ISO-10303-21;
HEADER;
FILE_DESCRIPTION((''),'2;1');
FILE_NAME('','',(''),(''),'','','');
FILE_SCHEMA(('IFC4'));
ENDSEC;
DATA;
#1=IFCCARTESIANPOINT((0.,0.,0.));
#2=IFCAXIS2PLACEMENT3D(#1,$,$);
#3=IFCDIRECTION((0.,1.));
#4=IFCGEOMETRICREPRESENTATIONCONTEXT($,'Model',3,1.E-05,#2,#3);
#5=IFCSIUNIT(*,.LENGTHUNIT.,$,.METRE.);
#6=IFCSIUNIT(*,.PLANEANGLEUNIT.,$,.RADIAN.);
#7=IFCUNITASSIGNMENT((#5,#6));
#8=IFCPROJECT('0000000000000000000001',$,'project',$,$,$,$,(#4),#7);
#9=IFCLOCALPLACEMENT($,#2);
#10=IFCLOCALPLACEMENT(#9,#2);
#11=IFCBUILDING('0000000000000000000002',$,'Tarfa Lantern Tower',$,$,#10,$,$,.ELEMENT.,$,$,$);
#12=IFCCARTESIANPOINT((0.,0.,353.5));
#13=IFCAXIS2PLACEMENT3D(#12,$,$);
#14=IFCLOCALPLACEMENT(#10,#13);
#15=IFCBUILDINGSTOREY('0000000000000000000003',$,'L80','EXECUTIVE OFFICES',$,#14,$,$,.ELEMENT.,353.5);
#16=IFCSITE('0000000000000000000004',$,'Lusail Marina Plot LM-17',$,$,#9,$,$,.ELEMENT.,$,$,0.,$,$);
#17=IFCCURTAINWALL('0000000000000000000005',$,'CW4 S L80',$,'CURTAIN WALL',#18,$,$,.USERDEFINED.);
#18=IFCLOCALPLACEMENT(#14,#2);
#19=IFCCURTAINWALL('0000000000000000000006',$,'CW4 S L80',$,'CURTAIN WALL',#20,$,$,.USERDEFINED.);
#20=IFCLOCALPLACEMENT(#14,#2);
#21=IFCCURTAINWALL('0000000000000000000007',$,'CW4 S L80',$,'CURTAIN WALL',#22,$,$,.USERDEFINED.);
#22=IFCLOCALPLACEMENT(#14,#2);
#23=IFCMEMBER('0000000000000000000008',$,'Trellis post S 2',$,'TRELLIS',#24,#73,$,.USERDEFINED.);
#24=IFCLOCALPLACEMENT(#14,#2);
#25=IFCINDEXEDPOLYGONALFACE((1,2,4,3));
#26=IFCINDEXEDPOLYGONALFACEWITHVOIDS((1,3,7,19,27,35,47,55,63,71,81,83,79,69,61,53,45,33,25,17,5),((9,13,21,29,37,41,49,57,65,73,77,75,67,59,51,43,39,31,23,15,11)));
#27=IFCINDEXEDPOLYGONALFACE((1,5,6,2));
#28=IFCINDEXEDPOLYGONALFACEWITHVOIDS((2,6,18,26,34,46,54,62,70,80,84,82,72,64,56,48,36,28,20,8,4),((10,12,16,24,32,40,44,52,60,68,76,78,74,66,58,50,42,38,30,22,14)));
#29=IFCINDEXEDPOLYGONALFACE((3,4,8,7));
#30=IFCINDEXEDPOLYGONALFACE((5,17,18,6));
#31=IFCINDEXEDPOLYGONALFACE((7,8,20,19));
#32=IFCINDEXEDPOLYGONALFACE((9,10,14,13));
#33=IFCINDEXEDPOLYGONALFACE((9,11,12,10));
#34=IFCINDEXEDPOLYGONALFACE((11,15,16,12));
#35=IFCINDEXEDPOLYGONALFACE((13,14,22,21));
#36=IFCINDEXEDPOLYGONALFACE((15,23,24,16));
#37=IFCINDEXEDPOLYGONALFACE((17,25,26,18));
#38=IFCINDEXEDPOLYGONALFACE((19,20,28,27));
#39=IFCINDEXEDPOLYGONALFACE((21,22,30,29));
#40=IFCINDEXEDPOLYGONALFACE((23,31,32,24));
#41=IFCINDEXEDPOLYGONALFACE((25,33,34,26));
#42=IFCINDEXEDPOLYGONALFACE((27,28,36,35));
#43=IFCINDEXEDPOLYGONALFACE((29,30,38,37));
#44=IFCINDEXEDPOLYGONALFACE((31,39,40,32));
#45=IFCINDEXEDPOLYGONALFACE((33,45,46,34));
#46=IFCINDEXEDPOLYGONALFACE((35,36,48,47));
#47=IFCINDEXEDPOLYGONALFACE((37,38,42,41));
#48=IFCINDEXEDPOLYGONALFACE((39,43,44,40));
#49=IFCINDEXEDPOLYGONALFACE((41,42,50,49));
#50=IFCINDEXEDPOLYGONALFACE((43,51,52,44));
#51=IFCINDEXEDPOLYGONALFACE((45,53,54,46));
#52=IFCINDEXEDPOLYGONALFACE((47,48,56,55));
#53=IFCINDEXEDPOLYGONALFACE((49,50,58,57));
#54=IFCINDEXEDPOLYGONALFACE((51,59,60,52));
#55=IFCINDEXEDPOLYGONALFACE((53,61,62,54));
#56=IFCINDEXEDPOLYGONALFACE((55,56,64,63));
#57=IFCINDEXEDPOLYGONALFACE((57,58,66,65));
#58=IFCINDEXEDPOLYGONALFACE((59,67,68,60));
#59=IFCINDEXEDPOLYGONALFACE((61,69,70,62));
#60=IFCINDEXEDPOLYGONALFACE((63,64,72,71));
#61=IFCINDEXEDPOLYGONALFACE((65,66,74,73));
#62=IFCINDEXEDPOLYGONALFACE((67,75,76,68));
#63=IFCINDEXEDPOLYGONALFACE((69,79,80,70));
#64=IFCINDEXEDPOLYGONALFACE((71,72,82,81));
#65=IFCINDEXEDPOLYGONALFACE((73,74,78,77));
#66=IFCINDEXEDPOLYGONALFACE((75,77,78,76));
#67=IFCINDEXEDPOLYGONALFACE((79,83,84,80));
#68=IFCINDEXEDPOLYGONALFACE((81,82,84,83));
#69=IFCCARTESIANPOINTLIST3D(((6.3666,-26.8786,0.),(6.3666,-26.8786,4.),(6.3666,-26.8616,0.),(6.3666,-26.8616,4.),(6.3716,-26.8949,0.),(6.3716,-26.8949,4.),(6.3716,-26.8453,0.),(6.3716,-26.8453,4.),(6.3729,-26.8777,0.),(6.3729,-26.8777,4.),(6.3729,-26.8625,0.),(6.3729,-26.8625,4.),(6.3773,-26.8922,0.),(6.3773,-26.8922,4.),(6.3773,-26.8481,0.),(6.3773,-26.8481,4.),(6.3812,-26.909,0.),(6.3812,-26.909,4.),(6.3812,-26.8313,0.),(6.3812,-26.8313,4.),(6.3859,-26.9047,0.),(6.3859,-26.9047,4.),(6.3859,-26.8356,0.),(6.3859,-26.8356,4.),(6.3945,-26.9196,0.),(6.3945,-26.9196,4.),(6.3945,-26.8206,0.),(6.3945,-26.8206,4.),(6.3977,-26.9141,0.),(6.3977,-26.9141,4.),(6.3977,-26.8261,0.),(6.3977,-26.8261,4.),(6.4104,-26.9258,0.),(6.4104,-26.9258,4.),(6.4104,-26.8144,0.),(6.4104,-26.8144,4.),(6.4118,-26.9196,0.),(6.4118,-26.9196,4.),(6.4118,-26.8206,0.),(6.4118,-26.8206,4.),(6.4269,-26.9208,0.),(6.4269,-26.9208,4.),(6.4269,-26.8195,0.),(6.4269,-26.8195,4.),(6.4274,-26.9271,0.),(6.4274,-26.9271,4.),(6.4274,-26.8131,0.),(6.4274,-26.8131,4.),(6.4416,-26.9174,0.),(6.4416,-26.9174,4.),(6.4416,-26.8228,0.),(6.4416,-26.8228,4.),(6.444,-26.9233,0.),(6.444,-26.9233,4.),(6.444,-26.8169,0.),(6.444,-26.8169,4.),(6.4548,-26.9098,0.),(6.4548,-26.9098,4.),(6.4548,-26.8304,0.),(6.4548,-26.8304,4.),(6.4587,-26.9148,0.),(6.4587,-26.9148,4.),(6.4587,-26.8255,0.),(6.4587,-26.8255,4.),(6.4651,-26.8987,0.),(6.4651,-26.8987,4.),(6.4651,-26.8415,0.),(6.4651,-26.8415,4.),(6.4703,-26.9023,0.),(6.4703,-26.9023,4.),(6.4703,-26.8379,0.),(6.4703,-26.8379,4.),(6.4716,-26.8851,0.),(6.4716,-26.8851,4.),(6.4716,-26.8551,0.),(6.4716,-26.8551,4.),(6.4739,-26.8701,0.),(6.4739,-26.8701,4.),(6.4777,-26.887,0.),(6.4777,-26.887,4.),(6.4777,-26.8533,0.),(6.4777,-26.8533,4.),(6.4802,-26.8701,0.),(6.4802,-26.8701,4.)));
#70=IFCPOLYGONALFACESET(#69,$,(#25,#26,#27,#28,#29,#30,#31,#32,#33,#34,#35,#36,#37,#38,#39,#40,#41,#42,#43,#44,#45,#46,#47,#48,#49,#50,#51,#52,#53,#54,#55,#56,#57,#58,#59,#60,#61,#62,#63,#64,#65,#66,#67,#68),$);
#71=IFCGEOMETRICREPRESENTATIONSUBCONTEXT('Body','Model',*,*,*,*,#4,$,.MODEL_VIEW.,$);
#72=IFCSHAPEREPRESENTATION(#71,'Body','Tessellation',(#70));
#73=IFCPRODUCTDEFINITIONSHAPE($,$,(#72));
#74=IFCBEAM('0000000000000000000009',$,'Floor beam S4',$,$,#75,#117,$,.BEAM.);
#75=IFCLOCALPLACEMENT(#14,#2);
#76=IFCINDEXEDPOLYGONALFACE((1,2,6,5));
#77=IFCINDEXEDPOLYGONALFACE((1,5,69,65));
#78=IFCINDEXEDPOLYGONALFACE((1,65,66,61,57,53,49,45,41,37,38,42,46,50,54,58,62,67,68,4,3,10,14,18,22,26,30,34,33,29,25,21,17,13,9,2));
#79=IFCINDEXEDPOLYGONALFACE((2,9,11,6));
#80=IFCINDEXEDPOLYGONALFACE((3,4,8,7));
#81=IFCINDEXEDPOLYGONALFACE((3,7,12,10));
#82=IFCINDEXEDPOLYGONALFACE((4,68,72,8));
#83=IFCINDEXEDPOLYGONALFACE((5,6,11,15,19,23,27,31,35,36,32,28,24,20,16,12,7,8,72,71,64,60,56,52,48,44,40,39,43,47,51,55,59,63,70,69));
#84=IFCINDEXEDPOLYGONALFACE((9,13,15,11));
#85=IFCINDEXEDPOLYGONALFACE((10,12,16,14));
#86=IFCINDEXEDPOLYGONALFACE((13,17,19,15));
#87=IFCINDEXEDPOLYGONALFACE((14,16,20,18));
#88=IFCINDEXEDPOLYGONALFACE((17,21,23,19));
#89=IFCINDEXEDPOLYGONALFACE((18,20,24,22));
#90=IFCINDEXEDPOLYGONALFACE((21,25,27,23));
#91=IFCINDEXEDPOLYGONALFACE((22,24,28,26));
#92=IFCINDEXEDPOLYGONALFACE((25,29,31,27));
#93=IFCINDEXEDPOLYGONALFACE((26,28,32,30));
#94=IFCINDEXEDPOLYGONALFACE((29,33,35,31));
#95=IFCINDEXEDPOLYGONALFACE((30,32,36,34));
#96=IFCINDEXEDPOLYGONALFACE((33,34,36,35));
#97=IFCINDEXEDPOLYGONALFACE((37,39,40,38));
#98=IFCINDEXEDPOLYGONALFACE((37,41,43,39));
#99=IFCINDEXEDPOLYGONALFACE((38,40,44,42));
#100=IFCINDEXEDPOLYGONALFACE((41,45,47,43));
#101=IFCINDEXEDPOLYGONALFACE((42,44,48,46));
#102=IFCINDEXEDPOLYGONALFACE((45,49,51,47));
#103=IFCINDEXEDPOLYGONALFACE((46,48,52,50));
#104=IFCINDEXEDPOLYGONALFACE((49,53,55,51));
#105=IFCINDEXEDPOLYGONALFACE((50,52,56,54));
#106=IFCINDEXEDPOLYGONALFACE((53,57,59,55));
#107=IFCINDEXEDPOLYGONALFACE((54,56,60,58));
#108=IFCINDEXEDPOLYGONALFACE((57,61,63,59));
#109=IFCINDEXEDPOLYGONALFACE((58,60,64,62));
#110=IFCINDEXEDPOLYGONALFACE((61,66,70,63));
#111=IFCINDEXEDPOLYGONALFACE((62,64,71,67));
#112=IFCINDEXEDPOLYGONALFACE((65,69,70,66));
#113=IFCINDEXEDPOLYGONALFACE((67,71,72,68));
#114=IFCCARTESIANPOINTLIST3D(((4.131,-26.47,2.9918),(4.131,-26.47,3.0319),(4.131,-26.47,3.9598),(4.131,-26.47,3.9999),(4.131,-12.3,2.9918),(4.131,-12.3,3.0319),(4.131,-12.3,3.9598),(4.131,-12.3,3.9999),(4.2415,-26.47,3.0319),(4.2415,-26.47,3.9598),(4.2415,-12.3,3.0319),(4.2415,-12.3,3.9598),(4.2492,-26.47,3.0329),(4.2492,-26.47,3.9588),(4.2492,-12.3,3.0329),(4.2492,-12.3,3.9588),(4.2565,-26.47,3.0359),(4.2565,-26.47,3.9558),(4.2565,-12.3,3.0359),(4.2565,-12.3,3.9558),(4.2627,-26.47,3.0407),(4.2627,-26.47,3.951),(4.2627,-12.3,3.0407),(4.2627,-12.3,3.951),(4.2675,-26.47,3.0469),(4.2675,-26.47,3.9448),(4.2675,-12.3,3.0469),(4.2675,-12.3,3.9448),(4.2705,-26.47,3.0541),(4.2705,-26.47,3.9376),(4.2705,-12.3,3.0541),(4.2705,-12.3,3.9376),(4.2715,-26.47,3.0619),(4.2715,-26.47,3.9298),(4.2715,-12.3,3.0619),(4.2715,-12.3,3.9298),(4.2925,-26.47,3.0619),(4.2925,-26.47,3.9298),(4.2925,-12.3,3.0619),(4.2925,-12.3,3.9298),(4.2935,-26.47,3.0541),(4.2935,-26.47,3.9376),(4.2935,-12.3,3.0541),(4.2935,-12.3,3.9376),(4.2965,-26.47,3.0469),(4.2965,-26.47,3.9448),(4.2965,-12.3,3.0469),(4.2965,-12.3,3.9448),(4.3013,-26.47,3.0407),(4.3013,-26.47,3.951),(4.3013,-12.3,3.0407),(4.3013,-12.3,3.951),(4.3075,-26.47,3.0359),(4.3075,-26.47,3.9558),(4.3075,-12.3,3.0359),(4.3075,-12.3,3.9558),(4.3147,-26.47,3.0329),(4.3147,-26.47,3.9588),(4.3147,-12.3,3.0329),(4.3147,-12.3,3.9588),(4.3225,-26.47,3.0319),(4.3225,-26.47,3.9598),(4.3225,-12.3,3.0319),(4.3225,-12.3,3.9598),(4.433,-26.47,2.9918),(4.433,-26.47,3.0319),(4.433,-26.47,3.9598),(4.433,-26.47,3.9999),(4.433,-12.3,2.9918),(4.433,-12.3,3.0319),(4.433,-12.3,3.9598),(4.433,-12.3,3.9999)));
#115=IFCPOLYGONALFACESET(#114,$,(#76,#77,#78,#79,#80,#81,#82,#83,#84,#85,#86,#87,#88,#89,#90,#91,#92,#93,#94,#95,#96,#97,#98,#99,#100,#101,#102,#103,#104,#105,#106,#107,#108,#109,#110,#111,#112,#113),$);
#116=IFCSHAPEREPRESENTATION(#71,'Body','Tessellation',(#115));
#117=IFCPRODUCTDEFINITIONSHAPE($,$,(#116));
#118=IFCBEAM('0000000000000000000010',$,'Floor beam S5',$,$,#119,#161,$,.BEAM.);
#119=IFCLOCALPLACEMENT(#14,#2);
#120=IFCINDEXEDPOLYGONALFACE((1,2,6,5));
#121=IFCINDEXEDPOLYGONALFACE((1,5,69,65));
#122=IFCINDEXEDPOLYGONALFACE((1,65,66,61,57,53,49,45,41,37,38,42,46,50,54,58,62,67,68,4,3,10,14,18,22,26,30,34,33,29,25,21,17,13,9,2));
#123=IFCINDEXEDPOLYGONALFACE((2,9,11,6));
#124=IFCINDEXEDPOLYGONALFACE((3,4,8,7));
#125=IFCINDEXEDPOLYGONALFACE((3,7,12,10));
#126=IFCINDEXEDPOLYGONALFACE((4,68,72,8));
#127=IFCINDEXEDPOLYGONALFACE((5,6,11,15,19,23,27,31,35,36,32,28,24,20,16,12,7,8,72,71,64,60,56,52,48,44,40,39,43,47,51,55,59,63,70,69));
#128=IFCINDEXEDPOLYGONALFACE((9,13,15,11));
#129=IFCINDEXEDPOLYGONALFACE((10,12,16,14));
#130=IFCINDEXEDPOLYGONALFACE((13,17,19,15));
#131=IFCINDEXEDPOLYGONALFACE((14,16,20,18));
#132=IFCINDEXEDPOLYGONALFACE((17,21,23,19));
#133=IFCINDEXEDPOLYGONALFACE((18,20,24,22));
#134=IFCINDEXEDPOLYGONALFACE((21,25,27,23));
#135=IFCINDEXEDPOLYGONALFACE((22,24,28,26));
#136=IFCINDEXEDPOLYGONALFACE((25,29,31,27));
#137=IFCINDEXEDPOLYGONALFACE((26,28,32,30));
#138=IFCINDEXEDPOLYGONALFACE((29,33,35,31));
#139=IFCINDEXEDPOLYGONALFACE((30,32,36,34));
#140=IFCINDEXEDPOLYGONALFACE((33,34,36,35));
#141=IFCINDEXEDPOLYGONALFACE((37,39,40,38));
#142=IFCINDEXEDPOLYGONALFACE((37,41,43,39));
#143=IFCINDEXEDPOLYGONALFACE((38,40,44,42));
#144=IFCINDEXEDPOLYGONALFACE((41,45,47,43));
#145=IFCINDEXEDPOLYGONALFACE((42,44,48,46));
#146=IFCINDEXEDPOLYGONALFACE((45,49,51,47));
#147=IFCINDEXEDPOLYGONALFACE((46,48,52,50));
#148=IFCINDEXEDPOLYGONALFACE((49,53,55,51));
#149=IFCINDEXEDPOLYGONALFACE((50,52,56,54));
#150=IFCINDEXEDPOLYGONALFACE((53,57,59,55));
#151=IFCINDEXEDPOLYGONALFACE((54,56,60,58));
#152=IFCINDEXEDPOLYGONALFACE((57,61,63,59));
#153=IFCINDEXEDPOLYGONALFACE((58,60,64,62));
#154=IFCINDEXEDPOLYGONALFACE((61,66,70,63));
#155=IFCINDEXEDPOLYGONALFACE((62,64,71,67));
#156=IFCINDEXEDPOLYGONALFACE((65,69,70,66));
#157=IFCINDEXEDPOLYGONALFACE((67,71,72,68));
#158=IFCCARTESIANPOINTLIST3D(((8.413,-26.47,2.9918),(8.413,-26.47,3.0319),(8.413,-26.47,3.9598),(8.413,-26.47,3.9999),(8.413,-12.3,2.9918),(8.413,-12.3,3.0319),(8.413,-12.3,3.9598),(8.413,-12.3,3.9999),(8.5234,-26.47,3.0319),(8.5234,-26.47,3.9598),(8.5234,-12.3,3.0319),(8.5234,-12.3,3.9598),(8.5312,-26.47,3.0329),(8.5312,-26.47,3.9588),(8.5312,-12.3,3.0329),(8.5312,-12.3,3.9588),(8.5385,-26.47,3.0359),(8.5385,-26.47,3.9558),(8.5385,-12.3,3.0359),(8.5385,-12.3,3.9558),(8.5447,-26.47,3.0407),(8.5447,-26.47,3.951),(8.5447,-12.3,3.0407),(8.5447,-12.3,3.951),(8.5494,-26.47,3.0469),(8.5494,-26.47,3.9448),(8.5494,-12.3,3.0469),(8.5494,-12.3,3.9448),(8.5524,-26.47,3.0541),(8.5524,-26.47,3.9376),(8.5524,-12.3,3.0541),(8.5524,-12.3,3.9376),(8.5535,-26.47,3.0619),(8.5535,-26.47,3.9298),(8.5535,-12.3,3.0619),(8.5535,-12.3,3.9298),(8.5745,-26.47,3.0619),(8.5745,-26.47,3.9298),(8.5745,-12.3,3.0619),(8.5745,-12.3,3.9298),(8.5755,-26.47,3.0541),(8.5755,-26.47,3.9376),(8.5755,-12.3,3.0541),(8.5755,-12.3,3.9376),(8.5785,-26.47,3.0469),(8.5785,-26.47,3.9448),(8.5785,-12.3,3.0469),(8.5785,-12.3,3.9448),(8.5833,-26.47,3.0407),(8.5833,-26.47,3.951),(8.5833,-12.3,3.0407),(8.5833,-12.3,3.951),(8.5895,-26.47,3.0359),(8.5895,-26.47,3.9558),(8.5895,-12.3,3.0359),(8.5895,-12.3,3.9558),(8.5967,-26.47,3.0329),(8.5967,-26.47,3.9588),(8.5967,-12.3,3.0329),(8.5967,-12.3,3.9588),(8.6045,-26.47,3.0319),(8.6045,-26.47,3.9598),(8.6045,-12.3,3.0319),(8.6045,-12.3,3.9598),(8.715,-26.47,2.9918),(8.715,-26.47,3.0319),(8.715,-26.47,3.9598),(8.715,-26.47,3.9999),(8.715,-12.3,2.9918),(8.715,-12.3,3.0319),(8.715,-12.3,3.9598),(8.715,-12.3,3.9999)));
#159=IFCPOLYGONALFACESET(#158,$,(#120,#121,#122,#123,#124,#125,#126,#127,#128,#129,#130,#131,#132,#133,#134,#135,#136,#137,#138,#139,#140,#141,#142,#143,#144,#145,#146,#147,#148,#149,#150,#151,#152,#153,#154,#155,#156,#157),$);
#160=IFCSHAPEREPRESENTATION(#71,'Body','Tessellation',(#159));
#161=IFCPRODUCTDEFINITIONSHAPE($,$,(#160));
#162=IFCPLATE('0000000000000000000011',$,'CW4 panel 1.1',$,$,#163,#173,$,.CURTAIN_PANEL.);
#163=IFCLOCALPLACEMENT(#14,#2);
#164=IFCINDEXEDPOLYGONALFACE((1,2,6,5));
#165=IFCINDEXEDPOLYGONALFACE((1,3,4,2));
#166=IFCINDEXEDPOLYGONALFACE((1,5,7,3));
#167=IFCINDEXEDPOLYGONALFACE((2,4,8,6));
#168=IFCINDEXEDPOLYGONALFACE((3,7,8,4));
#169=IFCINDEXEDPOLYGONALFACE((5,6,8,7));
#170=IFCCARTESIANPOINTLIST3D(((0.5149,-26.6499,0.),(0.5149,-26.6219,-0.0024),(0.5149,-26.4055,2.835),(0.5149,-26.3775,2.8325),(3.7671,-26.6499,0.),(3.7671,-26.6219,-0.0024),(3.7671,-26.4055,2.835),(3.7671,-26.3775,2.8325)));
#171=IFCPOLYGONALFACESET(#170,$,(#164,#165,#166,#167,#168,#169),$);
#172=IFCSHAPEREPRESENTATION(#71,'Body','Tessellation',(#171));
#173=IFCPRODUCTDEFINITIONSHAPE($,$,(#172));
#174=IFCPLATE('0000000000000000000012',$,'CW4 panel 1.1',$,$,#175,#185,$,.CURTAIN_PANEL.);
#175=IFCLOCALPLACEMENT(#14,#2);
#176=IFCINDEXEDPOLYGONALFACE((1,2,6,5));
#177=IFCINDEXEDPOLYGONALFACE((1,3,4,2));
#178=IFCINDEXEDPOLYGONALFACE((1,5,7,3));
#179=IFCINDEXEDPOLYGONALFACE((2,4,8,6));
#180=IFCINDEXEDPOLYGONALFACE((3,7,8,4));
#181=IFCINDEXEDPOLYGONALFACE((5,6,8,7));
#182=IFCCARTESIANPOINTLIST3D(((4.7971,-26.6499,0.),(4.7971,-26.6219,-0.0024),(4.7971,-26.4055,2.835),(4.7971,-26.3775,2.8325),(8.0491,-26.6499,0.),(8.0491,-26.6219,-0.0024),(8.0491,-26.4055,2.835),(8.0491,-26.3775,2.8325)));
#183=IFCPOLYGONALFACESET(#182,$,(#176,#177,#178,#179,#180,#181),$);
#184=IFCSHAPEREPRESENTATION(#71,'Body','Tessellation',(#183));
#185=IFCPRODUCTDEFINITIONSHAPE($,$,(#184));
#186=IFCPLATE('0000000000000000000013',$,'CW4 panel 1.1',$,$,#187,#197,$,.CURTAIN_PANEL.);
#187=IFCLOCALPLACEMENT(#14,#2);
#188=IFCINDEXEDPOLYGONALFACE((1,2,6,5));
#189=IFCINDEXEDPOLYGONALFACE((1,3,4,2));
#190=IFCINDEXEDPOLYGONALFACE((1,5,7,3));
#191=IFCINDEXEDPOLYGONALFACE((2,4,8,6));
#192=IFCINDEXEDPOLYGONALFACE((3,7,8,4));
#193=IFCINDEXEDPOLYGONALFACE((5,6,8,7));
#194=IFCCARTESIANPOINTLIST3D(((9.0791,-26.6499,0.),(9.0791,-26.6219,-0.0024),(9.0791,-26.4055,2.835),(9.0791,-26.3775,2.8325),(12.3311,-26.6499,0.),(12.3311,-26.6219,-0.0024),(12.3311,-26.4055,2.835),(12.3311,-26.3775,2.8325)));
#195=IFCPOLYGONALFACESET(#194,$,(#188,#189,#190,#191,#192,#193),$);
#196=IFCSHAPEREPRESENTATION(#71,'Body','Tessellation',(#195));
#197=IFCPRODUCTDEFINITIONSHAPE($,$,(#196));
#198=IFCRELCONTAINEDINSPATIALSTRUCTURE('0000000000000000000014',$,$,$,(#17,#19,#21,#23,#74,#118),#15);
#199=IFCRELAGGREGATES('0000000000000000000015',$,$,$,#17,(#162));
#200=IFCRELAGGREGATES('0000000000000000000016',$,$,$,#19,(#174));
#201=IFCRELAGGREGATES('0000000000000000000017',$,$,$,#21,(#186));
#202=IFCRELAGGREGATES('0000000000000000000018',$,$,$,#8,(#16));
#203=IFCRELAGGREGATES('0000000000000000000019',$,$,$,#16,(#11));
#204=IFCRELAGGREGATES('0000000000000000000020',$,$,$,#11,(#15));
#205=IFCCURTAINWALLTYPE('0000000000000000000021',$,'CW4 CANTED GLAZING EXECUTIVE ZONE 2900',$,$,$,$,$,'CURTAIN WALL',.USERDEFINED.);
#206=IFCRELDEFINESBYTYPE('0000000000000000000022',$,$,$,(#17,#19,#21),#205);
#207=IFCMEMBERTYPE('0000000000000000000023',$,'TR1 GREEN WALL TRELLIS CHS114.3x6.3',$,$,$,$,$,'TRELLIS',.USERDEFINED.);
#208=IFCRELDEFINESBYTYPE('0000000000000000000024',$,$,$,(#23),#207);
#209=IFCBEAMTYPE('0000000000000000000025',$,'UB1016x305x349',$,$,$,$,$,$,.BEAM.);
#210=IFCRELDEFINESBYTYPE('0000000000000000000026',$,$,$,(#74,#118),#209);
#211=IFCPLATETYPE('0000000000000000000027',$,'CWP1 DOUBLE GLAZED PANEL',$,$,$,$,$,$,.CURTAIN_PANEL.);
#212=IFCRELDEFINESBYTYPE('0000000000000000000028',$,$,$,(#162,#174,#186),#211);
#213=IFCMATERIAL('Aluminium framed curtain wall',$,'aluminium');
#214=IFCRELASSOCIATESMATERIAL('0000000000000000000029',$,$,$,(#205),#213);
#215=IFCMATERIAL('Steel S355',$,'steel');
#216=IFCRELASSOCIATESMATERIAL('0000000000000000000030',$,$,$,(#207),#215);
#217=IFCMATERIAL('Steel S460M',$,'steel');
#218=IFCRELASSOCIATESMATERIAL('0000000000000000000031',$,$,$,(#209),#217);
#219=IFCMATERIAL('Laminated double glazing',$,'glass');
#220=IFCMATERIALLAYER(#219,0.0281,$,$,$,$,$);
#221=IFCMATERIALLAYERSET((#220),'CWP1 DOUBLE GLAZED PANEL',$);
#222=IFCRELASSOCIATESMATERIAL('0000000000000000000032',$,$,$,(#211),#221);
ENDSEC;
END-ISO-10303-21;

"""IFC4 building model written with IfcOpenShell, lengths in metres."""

from ifc_helpers import new_model, si_unit, direction, frame, origin, origin_2d, place, context, subcontext, project, spatial, polyline, hollow_circle, i_section, outline, extrude, material, layer, layer_set, material_profile, profile_set, type_object, element, aggregate, save


model = new_model("IFC4")

# Units and contexts
model_context = context("Model", 3, precision=1e-05, world=origin(), true_north=direction((0.0, 1.0)))
body_context = subcontext(model_context, "Body", "Model", "MODEL_VIEW")
ifc_project = project(units=[si_unit("LENGTHUNIT", "METRE"), si_unit("PLANEANGLEUNIT", "RADIAN")], contexts=[model_context])

# Site, building, storey
site_placement = place(None, origin())
site = spatial("IfcSite", under=ifc_project, at=site_placement, Name="Lusail Marina Plot LM-17", CompositionType="ELEMENT", RefElevation=0.0)
building_placement = place(site_placement, origin())
building = spatial("IfcBuilding", under=site, at=building_placement, Name="Tarfa Lantern Tower", CompositionType="ELEMENT")
storey_placement = place(building_placement, frame((0.0, 0.0, 353.5)))
storey = spatial("IfcBuildingStorey", under=building, at=storey_placement, Name="L80", Description="EXECUTIVE OFFICES", CompositionType="ELEMENT", Elevation=353.5)

# Curtain walls
ifc_material_1 = material(Name="Aluminium framed curtain wall", Category="aluminium")
curtain_wall_type = type_object("IfcCurtainWallType", Name="CW4 CANTED GLAZING EXECUTIVE ZONE 2900", ElementType="CURTAIN WALL", PredefinedType="USERDEFINED", material=ifc_material_1)
curtain_wall_1_placement = place(storey_placement, origin())
curtain_wall_1 = element("IfcCurtainWall", 1, at=curtain_wall_1_placement, inside=storey, type_object=curtain_wall_type, Name="CW4 S L80", ObjectType="CURTAIN WALL", PredefinedType="USERDEFINED")
curtain_wall_2_placement = place(storey_placement, origin())
curtain_wall_2 = element("IfcCurtainWall", 2, at=curtain_wall_2_placement, inside=storey, type_object=curtain_wall_type, Name="CW4 S L80", ObjectType="CURTAIN WALL", PredefinedType="USERDEFINED")

# Curtain wall
curtain_wall_3_placement = place(storey_placement, origin())
curtain_wall_3 = element("IfcCurtainWall", 3, at=curtain_wall_3_placement, inside=storey, type_object=curtain_wall_type, Name="CW4 S L80", ObjectType="CURTAIN WALL", PredefinedType="USERDEFINED")

# Member
ifc_material_2 = material(Name="Steel S355", Category="steel")
ifc_material_profile_1 = material_profile(ifc_material_2, hollow_circle(Radius=0.0571, WallThickness=0.0063, at=origin_2d()), Name="CHS114.3x6.3")
ifc_profile_set_1 = profile_set([ifc_material_profile_1], Name="Steel S355")
member_type_1 = type_object("IfcMemberType", Name="TR1 GREEN WALL TRELLIS CHS114.3x6.3", ElementType="TRELLIS", PredefinedType="USERDEFINED", material=ifc_profile_set_1)
member_1_placement = place(storey_placement, frame((6.4231, -26.8701, 0.0), z_axis=(0.0, 0.0, 1.0), x_axis=(1.0, 0.0, 0.0)))
element("IfcMember", 4, at=member_1_placement, inside=storey, type_object=member_type_1, Name="Trellis post S 2", ObjectType="TRELLIS", PredefinedType="USERDEFINED", context=body_context, shape_type="SweptSolid", body=[
    extrude(hollow_circle(Radius=0.0571, WallThickness=0.0063, at=origin_2d()), origin(), (0.0, 0.0, 1.0), 4.0),
])

# Beams
ifc_material_3 = material(Name="Steel S460M", Category="steel")
ifc_material_profile_2 = material_profile(ifc_material_3, i_section(OverallWidth=0.302, OverallDepth=1.0081, WebThickness=0.021, FlangeThickness=0.04, FilletRadius=0.03, at=origin_2d()), Name="UB1016x305x349")
ifc_profile_set_2 = profile_set([ifc_material_profile_2], Name="Steel S460M")
beam_type_1 = type_object("IfcBeamType", Name="UB1016x305x349", PredefinedType="BEAM", material=ifc_profile_set_2)
for number, where, z_axis, x_axis, name in (
    (5, (4.282, -26.47, 3.4958), (0.0, 1.0, 0.0), (-1.0, 0.0, 0.0), "Floor beam S4"),
    (6, (8.564, -26.47, 3.4958), (0.0, 1.0, 0.0), (-1.0, 0.0, 0.0), "Floor beam S5"),
):
    element("IfcBeam", number, at=place(storey_placement, frame(where, z_axis=z_axis, x_axis=x_axis)), inside=storey, type_object=beam_type_1, Name=name, PredefinedType="BEAM", context=body_context, shape_type="SweptSolid", body=[
        extrude(i_section(OverallWidth=0.302, OverallDepth=1.0081, WebThickness=0.021, FlangeThickness=0.04, FilletRadius=0.03, at=origin_2d()), origin(), (0.0, 0.0, 1.0), 14.1699),
    ])

# Plates
ifc_material_4 = material(Name="Laminated double glazing", Category="glass")
ifc_layer_1 = layer(ifc_material_4, 0.0281)
ifc_layer_set_1 = layer_set([ifc_layer_1], Name="CWP1 DOUBLE GLAZED PANEL")
plate_type = type_object("IfcPlateType", Name="CWP1 DOUBLE GLAZED PANEL", PredefinedType="CURTAIN_PANEL", material=ifc_layer_set_1)
plate_1_placement = place(storey_placement, frame((0.5149, -26.6499, 0.0), z_axis=(0.0, -0.996305, 0.085885), x_axis=(1.0, 0.0, 0.0)))
plate_1 = element("IfcPlate", 7, at=plate_1_placement, type_object=plate_type, Name="CW4 panel 1.1", PredefinedType="CURTAIN_PANEL", context=body_context, shape_type="SweptSolid", body=[
    extrude(outline(polyline([(0.0, 0.0), (3.2522, 0.0), (3.2522, 2.8455), (0.0, 2.8455), (0.0, 0.0)])), origin(), (0.0, 0.0, -1.0), 0.0281),
])
aggregate(curtain_wall_1, [plate_1])
plate_2_placement = place(storey_placement, frame((4.7971, -26.6499, 0.0), z_axis=(0.0, -0.996305, 0.085885), x_axis=(1.0, 0.0, 0.0)))
plate_2 = element("IfcPlate", 8, at=plate_2_placement, type_object=plate_type, Name="CW4 panel 1.1", PredefinedType="CURTAIN_PANEL", context=body_context, shape_type="SweptSolid", body=[
    extrude(outline(polyline([(0.0, 0.0), (3.252, 0.0), (3.252, 2.8455), (0.0, 2.8455), (0.0, 0.0)])), origin(), (0.0, 0.0, -1.0), 0.0281),
])
aggregate(curtain_wall_2, [plate_2])
plate_3_placement = place(storey_placement, frame((9.0791, -26.6499, 0.0), z_axis=(0.0, -0.996305, 0.085885), x_axis=(1.0, 0.0, 0.0)))
plate_3 = element("IfcPlate", 9, at=plate_3_placement, type_object=plate_type, Name="CW4 panel 1.1", PredefinedType="CURTAIN_PANEL", context=body_context, shape_type="SweptSolid", body=[
    extrude(outline(polyline([(0.0, 0.0), (3.252, 0.0), (3.252, 2.8455), (0.0, 2.8455), (0.0, 0.0)])), origin(), (0.0, 0.0, -1.0), 0.0281),
])
aggregate(curtain_wall_3, [plate_3])

save(model, "model.ifc")
